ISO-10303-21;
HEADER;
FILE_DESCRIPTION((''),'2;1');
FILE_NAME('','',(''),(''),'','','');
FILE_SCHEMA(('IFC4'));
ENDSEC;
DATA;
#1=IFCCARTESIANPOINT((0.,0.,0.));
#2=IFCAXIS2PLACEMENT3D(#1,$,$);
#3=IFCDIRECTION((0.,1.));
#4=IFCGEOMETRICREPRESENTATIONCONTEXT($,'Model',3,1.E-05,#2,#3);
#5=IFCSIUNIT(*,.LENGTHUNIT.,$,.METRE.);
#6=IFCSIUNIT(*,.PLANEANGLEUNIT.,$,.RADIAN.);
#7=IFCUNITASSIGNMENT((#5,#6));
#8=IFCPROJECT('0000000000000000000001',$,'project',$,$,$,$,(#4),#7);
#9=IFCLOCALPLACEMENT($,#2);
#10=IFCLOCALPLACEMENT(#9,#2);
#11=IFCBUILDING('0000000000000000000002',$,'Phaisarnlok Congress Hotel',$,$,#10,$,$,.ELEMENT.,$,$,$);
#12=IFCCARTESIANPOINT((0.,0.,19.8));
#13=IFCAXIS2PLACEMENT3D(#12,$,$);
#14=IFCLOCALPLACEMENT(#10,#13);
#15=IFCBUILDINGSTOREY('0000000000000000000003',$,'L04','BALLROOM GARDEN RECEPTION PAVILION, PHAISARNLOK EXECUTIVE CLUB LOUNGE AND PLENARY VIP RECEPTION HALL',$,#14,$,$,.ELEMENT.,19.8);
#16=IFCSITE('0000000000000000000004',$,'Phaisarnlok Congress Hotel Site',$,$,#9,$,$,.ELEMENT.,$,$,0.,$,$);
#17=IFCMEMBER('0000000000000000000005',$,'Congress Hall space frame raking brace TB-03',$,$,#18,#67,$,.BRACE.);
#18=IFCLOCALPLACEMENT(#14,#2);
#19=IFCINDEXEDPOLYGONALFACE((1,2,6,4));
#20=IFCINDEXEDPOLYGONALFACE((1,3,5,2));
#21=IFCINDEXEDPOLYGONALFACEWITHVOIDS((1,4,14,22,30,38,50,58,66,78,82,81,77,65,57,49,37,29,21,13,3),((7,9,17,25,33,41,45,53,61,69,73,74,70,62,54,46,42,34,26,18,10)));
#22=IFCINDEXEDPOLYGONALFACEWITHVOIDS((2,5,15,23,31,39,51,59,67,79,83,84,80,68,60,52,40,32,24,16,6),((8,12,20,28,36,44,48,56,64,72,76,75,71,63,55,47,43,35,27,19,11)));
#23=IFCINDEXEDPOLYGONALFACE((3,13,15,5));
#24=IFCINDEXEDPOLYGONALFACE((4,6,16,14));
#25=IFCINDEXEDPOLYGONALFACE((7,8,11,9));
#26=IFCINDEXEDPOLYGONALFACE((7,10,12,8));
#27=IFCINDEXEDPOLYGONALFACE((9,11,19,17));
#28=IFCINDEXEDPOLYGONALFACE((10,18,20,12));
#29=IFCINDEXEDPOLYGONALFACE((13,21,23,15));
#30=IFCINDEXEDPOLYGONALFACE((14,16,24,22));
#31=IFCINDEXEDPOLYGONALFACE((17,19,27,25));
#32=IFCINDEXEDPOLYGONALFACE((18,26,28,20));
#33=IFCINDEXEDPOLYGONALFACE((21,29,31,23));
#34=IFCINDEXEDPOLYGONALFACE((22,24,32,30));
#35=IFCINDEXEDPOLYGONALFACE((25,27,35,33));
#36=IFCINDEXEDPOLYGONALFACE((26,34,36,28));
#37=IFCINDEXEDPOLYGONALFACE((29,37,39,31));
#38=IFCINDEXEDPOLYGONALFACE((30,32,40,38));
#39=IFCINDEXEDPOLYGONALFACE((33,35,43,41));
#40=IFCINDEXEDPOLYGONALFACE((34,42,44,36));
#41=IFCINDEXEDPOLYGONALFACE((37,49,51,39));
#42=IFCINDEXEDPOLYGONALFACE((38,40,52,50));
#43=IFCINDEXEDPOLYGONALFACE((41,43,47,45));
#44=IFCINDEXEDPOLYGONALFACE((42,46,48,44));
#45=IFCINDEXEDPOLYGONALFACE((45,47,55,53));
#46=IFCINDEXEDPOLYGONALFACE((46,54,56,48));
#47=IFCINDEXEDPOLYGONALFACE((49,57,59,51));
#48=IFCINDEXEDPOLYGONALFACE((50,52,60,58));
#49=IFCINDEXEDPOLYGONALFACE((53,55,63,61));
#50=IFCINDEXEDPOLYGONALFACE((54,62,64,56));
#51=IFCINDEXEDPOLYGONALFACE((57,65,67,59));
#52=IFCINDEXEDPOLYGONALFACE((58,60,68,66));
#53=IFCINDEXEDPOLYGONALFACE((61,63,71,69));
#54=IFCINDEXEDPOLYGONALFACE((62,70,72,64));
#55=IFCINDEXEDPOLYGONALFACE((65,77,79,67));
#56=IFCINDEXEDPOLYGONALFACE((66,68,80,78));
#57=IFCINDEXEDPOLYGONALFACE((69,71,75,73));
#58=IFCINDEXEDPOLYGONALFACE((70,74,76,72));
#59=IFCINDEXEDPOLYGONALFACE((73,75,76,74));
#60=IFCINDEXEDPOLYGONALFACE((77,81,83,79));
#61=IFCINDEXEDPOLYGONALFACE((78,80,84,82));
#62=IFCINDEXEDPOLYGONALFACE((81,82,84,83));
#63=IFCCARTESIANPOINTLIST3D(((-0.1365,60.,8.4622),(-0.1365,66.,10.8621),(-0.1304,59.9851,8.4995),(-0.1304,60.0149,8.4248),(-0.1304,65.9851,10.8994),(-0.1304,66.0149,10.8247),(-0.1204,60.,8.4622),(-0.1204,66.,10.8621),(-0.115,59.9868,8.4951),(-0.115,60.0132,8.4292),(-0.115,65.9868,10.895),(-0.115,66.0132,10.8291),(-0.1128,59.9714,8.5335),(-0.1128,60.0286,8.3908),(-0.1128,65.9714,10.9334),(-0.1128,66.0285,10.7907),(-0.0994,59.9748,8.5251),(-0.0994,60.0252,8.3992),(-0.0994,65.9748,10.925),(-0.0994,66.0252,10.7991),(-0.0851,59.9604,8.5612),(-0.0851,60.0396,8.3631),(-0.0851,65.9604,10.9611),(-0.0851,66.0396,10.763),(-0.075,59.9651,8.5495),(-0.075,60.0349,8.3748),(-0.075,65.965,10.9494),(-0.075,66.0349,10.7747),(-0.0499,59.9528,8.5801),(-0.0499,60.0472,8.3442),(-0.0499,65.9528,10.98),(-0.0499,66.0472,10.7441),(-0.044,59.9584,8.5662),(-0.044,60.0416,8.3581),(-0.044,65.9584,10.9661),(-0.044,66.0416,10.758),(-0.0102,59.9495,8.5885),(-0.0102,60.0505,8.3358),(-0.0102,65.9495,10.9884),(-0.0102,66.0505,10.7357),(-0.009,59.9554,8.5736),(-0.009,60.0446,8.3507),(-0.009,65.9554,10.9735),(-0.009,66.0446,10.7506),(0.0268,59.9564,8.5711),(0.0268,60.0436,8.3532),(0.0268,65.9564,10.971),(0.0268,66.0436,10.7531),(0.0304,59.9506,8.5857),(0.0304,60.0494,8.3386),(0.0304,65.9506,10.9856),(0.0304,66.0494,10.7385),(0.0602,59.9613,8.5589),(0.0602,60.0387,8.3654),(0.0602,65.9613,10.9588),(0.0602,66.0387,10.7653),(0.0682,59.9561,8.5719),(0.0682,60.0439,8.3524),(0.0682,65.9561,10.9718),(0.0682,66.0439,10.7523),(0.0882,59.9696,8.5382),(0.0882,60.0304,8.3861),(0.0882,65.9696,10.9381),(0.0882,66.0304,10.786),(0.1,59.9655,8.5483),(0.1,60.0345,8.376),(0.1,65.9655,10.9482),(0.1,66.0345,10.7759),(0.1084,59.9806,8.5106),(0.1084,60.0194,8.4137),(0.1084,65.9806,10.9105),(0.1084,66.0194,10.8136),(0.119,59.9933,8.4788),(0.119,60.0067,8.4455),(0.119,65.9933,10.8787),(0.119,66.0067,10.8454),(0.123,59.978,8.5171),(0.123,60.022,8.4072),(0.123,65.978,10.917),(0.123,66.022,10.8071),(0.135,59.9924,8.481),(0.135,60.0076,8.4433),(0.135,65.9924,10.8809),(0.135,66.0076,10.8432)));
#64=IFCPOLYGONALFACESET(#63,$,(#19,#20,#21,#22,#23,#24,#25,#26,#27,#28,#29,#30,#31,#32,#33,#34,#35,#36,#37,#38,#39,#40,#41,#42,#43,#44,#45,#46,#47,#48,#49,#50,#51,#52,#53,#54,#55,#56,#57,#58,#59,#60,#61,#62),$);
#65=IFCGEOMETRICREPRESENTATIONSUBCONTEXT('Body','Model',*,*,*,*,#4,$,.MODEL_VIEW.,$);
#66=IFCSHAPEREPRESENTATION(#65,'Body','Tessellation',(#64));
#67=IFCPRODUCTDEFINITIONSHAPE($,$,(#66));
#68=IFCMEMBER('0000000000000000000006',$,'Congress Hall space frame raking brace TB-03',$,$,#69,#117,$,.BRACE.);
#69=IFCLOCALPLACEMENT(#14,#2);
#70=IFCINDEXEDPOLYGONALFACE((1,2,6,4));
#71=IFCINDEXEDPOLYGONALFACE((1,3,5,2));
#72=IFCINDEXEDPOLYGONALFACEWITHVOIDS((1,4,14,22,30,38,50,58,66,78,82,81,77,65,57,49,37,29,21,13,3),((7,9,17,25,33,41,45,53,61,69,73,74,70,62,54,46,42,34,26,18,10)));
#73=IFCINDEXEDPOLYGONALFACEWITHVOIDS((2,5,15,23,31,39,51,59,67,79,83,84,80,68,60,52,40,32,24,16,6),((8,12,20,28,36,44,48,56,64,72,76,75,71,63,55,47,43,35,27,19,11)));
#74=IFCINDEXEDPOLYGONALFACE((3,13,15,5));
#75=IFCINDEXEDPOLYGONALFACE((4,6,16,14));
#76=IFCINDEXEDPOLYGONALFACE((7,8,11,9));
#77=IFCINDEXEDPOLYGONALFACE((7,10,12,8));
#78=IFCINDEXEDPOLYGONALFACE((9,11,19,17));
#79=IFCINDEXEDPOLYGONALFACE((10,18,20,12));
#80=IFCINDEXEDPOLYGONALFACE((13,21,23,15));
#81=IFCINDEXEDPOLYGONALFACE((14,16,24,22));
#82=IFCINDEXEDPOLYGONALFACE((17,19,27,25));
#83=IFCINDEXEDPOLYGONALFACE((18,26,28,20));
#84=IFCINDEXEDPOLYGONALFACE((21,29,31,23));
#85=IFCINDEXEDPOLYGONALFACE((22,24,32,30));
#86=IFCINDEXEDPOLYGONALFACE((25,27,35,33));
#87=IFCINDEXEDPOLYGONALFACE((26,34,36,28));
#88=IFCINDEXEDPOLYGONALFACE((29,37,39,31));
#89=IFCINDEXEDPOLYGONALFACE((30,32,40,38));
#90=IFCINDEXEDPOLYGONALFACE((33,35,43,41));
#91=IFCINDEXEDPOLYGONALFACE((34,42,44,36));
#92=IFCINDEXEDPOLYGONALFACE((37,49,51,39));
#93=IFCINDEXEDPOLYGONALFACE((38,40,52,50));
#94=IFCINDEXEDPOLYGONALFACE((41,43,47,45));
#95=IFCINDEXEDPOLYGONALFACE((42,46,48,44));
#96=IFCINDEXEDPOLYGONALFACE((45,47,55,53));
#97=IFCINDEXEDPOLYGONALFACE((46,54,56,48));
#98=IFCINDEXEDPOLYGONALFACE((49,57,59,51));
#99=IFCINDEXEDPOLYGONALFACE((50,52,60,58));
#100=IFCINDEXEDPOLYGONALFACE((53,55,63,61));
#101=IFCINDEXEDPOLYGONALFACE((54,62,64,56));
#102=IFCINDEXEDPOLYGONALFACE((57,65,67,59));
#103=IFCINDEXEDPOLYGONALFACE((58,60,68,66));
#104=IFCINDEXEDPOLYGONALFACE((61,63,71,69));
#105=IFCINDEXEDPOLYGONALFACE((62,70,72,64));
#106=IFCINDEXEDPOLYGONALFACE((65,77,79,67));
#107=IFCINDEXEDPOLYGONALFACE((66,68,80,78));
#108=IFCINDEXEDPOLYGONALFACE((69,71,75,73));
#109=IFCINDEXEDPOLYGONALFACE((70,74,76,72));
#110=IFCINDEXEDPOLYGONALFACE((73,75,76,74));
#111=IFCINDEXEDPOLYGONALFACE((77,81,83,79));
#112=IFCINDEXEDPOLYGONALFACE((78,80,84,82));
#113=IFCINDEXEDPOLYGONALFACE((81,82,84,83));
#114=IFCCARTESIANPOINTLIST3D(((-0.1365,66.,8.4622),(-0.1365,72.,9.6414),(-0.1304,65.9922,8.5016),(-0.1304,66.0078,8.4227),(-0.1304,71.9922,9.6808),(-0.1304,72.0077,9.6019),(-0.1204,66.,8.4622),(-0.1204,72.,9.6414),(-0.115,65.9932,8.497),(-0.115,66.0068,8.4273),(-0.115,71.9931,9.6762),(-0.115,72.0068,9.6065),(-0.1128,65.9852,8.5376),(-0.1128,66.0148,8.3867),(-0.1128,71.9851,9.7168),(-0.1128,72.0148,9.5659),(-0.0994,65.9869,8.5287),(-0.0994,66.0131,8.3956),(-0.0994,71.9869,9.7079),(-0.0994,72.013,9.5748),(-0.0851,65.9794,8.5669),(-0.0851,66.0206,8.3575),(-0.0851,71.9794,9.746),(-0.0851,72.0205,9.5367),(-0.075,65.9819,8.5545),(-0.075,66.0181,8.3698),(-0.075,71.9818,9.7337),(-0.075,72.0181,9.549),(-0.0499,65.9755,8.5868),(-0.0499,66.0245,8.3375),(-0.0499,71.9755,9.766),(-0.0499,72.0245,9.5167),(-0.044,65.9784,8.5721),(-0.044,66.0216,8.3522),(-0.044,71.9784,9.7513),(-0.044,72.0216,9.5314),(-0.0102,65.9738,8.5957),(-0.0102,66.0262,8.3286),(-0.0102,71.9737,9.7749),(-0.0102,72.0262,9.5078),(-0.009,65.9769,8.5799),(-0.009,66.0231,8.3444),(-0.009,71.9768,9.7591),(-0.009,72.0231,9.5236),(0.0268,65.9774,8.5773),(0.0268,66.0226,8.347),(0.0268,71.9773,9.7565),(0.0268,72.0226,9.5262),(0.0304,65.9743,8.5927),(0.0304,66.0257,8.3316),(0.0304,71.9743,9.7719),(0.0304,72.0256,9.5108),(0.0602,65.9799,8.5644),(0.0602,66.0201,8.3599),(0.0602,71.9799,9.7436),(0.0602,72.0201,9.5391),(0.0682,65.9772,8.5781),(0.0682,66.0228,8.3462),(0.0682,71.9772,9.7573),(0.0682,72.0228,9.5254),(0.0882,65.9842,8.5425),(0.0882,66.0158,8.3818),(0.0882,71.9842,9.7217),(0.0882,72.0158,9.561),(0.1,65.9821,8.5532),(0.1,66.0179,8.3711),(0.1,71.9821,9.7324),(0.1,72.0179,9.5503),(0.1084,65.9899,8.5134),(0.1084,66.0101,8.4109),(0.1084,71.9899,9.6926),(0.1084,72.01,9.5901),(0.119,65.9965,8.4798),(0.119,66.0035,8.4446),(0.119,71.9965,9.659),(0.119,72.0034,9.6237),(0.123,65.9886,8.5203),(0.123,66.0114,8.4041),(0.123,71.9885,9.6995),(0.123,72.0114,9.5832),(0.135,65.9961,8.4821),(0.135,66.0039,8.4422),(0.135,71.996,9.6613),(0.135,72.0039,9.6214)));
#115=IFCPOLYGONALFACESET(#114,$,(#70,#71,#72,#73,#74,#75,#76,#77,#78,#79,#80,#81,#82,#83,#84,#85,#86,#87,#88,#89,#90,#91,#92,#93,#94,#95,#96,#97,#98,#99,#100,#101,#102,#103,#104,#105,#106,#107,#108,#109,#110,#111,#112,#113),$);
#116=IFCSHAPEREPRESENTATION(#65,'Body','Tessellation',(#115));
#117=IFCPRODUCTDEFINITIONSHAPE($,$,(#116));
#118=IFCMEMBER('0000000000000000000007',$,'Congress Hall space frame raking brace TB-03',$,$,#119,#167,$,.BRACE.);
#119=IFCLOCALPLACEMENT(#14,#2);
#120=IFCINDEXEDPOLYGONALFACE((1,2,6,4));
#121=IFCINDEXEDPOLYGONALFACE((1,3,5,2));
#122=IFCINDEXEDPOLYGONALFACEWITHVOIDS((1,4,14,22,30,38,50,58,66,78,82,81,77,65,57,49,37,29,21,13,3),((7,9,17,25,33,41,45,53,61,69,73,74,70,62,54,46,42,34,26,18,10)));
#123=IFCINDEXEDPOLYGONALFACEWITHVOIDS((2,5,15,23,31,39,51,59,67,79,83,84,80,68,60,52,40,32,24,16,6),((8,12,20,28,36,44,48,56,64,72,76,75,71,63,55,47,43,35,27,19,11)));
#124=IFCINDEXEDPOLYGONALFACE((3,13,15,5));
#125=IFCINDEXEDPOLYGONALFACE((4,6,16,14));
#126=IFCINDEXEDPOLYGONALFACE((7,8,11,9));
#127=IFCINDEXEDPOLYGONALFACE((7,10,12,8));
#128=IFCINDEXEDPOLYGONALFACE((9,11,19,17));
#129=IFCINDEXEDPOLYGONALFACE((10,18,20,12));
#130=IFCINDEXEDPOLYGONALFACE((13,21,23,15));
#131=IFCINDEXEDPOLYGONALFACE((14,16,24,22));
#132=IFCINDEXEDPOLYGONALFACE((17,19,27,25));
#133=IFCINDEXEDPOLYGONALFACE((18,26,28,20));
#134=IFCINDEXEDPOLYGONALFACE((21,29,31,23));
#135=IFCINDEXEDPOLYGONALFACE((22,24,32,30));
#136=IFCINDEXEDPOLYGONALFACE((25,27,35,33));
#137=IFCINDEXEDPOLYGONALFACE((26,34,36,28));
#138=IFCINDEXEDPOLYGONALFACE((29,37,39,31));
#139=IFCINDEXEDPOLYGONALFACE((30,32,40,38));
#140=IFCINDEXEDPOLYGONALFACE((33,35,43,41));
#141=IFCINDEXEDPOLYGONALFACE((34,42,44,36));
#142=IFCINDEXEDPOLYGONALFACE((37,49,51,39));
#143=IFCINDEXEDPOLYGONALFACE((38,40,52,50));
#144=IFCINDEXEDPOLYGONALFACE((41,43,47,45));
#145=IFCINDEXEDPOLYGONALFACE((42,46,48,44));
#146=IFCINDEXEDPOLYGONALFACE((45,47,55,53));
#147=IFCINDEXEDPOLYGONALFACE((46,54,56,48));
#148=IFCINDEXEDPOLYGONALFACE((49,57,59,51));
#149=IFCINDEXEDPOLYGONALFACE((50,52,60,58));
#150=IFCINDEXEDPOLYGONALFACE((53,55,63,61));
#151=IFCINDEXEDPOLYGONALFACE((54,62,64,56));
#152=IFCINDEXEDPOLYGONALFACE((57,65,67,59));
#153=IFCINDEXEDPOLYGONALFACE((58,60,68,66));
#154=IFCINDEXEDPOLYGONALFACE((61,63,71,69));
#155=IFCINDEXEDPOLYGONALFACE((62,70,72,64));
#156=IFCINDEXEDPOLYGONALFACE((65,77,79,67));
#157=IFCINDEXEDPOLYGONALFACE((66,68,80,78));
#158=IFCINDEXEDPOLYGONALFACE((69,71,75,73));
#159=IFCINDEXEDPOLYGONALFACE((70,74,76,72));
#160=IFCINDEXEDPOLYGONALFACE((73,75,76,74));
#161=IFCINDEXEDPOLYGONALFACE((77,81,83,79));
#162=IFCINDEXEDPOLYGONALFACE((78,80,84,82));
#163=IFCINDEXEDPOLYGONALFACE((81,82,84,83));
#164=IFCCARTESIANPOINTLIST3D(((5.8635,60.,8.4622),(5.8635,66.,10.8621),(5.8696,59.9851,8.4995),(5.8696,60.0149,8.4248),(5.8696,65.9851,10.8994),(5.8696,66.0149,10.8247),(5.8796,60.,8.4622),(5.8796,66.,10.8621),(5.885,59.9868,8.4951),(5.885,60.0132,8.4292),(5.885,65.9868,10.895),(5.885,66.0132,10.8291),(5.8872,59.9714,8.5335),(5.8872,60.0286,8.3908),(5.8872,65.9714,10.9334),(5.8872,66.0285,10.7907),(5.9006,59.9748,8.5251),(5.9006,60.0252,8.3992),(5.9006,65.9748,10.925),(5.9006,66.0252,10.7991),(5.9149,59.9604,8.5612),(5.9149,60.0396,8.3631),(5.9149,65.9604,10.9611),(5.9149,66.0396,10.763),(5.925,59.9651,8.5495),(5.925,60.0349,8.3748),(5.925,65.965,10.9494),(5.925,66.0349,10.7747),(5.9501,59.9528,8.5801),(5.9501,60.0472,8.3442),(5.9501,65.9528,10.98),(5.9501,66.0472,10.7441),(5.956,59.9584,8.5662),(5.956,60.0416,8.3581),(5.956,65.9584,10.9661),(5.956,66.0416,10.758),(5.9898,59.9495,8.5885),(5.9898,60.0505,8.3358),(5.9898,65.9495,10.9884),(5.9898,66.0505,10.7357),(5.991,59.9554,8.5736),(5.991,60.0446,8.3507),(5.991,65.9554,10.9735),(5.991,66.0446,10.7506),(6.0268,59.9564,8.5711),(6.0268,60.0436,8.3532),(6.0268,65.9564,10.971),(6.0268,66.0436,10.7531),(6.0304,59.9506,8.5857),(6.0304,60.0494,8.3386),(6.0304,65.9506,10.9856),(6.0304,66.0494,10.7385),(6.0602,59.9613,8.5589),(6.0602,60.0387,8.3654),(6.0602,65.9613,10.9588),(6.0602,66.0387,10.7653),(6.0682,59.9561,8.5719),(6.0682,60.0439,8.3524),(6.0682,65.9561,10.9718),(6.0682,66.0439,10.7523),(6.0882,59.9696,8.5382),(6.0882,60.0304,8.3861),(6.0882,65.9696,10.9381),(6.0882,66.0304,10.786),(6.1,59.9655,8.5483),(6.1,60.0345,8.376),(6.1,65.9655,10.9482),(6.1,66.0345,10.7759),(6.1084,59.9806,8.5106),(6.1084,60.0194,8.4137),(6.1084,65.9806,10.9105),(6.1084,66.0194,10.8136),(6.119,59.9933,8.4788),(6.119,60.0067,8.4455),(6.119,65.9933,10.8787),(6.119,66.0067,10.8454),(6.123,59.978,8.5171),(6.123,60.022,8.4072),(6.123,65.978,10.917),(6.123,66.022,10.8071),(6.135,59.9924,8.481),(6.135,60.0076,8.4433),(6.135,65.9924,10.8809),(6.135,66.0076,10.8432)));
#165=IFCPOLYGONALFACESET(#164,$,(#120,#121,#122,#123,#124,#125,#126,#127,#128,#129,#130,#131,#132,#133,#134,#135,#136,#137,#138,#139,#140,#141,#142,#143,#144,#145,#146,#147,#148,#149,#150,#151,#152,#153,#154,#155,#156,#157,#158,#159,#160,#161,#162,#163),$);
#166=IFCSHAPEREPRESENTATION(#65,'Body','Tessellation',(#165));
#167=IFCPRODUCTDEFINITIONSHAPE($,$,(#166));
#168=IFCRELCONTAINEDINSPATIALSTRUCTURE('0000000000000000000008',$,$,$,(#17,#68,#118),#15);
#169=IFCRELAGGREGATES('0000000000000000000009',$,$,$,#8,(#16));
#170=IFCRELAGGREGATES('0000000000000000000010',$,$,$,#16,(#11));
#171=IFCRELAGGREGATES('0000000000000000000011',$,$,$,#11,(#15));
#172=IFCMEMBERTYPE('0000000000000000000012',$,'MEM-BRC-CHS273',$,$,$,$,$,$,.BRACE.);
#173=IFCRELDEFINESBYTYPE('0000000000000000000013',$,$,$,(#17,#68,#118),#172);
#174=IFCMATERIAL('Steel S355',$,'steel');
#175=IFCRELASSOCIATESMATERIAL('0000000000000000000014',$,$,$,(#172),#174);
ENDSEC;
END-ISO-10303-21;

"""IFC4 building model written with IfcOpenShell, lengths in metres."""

from ifc_helpers import new_model, si_unit, direction, frame, origin, origin_2d, place, context, subcontext, project, spatial, hollow_circle, extrude, material, material_profile, profile_set, type_object, element, save


model = new_model("IFC4")

# Units and contexts
model_context = context("Model", 3, precision=1e-05, world=origin(), true_north=direction((0.0, 1.0)))
body_context = subcontext(model_context, "Body", "Model", "MODEL_VIEW")
ifc_project = project(units=[si_unit("LENGTHUNIT", "METRE"), si_unit("PLANEANGLEUNIT", "RADIAN")], contexts=[model_context])

# Site, building, storey
site_placement = place(None, origin())
site = spatial("IfcSite", under=ifc_project, at=site_placement, Name="Phaisarnlok Congress Hotel Site", CompositionType="ELEMENT", RefElevation=0.0)
building_placement = place(site_placement, origin())
building = spatial("IfcBuilding", under=site, at=building_placement, Name="Phaisarnlok Congress Hotel", CompositionType="ELEMENT")
storey_placement = place(building_placement, frame((0.0, 0.0, 19.8)))
storey = spatial("IfcBuildingStorey", under=building, at=storey_placement, Name="L04", Description="BALLROOM GARDEN RECEPTION PAVILION, PHAISARNLOK EXECUTIVE CLUB LOUNGE AND PLENARY VIP RECEPTION HALL", CompositionType="ELEMENT", Elevation=19.8)

# Members
ifc_material = material(Name="Steel S355", Category="steel")
ifc_material_profile_1 = material_profile(ifc_material, hollow_circle(Radius=0.1365, WallThickness=0.0161, at=origin_2d()), Name="CHS 273x16")
ifc_profile_set_1 = profile_set([ifc_material_profile_1], Name="Steel S355")
member_type_1 = type_object("IfcMemberType", Name="MEM-BRC-CHS273", PredefinedType="BRACE", material=ifc_profile_set_1)
member_1_placement = place(storey_placement, frame((0.0, 60.0, 8.4622), z_axis=(0.0, 0.928482, 0.371378), x_axis=(-1.0, 0.0, 0.0)))
element("IfcMember", 1, at=member_1_placement, inside=storey, type_object=member_type_1, Name="Congress Hall space frame raking brace TB-03", PredefinedType="BRACE", context=body_context, shape_type="SweptSolid", body=[
    extrude(hollow_circle(Radius=0.1365, WallThickness=0.0161, at=origin_2d()), origin(), (0.0, 0.0, 1.0), 6.4622),
])
member_2_placement = place(storey_placement, frame((0.0, 66.0, 8.4622), z_axis=(0.0, 0.981229, 0.192844), x_axis=(-1.0, 0.0, 0.0)))
element("IfcMember", 2, at=member_2_placement, inside=storey, type_object=member_type_1, Name="Congress Hall space frame raking brace TB-03", PredefinedType="BRACE", context=body_context, shape_type="SweptSolid", body=[
    extrude(hollow_circle(Radius=0.1365, WallThickness=0.0161, at=origin_2d()), origin(), (0.0, 0.0, 1.0), 6.1147),
])
member_3_placement = place(storey_placement, frame((6.0, 60.0, 8.4622), z_axis=(0.0, 0.928482, 0.371378), x_axis=(-1.0, 0.0, 0.0)))
element("IfcMember", 3, at=member_3_placement, inside=storey, type_object=member_type_1, Name="Congress Hall space frame raking brace TB-03", PredefinedType="BRACE", context=body_context, shape_type="SweptSolid", body=[
    extrude(hollow_circle(Radius=0.1365, WallThickness=0.0161, at=origin_2d()), origin(), (0.0, 0.0, 1.0), 6.4622),
])

save(model, "model.ifc")
